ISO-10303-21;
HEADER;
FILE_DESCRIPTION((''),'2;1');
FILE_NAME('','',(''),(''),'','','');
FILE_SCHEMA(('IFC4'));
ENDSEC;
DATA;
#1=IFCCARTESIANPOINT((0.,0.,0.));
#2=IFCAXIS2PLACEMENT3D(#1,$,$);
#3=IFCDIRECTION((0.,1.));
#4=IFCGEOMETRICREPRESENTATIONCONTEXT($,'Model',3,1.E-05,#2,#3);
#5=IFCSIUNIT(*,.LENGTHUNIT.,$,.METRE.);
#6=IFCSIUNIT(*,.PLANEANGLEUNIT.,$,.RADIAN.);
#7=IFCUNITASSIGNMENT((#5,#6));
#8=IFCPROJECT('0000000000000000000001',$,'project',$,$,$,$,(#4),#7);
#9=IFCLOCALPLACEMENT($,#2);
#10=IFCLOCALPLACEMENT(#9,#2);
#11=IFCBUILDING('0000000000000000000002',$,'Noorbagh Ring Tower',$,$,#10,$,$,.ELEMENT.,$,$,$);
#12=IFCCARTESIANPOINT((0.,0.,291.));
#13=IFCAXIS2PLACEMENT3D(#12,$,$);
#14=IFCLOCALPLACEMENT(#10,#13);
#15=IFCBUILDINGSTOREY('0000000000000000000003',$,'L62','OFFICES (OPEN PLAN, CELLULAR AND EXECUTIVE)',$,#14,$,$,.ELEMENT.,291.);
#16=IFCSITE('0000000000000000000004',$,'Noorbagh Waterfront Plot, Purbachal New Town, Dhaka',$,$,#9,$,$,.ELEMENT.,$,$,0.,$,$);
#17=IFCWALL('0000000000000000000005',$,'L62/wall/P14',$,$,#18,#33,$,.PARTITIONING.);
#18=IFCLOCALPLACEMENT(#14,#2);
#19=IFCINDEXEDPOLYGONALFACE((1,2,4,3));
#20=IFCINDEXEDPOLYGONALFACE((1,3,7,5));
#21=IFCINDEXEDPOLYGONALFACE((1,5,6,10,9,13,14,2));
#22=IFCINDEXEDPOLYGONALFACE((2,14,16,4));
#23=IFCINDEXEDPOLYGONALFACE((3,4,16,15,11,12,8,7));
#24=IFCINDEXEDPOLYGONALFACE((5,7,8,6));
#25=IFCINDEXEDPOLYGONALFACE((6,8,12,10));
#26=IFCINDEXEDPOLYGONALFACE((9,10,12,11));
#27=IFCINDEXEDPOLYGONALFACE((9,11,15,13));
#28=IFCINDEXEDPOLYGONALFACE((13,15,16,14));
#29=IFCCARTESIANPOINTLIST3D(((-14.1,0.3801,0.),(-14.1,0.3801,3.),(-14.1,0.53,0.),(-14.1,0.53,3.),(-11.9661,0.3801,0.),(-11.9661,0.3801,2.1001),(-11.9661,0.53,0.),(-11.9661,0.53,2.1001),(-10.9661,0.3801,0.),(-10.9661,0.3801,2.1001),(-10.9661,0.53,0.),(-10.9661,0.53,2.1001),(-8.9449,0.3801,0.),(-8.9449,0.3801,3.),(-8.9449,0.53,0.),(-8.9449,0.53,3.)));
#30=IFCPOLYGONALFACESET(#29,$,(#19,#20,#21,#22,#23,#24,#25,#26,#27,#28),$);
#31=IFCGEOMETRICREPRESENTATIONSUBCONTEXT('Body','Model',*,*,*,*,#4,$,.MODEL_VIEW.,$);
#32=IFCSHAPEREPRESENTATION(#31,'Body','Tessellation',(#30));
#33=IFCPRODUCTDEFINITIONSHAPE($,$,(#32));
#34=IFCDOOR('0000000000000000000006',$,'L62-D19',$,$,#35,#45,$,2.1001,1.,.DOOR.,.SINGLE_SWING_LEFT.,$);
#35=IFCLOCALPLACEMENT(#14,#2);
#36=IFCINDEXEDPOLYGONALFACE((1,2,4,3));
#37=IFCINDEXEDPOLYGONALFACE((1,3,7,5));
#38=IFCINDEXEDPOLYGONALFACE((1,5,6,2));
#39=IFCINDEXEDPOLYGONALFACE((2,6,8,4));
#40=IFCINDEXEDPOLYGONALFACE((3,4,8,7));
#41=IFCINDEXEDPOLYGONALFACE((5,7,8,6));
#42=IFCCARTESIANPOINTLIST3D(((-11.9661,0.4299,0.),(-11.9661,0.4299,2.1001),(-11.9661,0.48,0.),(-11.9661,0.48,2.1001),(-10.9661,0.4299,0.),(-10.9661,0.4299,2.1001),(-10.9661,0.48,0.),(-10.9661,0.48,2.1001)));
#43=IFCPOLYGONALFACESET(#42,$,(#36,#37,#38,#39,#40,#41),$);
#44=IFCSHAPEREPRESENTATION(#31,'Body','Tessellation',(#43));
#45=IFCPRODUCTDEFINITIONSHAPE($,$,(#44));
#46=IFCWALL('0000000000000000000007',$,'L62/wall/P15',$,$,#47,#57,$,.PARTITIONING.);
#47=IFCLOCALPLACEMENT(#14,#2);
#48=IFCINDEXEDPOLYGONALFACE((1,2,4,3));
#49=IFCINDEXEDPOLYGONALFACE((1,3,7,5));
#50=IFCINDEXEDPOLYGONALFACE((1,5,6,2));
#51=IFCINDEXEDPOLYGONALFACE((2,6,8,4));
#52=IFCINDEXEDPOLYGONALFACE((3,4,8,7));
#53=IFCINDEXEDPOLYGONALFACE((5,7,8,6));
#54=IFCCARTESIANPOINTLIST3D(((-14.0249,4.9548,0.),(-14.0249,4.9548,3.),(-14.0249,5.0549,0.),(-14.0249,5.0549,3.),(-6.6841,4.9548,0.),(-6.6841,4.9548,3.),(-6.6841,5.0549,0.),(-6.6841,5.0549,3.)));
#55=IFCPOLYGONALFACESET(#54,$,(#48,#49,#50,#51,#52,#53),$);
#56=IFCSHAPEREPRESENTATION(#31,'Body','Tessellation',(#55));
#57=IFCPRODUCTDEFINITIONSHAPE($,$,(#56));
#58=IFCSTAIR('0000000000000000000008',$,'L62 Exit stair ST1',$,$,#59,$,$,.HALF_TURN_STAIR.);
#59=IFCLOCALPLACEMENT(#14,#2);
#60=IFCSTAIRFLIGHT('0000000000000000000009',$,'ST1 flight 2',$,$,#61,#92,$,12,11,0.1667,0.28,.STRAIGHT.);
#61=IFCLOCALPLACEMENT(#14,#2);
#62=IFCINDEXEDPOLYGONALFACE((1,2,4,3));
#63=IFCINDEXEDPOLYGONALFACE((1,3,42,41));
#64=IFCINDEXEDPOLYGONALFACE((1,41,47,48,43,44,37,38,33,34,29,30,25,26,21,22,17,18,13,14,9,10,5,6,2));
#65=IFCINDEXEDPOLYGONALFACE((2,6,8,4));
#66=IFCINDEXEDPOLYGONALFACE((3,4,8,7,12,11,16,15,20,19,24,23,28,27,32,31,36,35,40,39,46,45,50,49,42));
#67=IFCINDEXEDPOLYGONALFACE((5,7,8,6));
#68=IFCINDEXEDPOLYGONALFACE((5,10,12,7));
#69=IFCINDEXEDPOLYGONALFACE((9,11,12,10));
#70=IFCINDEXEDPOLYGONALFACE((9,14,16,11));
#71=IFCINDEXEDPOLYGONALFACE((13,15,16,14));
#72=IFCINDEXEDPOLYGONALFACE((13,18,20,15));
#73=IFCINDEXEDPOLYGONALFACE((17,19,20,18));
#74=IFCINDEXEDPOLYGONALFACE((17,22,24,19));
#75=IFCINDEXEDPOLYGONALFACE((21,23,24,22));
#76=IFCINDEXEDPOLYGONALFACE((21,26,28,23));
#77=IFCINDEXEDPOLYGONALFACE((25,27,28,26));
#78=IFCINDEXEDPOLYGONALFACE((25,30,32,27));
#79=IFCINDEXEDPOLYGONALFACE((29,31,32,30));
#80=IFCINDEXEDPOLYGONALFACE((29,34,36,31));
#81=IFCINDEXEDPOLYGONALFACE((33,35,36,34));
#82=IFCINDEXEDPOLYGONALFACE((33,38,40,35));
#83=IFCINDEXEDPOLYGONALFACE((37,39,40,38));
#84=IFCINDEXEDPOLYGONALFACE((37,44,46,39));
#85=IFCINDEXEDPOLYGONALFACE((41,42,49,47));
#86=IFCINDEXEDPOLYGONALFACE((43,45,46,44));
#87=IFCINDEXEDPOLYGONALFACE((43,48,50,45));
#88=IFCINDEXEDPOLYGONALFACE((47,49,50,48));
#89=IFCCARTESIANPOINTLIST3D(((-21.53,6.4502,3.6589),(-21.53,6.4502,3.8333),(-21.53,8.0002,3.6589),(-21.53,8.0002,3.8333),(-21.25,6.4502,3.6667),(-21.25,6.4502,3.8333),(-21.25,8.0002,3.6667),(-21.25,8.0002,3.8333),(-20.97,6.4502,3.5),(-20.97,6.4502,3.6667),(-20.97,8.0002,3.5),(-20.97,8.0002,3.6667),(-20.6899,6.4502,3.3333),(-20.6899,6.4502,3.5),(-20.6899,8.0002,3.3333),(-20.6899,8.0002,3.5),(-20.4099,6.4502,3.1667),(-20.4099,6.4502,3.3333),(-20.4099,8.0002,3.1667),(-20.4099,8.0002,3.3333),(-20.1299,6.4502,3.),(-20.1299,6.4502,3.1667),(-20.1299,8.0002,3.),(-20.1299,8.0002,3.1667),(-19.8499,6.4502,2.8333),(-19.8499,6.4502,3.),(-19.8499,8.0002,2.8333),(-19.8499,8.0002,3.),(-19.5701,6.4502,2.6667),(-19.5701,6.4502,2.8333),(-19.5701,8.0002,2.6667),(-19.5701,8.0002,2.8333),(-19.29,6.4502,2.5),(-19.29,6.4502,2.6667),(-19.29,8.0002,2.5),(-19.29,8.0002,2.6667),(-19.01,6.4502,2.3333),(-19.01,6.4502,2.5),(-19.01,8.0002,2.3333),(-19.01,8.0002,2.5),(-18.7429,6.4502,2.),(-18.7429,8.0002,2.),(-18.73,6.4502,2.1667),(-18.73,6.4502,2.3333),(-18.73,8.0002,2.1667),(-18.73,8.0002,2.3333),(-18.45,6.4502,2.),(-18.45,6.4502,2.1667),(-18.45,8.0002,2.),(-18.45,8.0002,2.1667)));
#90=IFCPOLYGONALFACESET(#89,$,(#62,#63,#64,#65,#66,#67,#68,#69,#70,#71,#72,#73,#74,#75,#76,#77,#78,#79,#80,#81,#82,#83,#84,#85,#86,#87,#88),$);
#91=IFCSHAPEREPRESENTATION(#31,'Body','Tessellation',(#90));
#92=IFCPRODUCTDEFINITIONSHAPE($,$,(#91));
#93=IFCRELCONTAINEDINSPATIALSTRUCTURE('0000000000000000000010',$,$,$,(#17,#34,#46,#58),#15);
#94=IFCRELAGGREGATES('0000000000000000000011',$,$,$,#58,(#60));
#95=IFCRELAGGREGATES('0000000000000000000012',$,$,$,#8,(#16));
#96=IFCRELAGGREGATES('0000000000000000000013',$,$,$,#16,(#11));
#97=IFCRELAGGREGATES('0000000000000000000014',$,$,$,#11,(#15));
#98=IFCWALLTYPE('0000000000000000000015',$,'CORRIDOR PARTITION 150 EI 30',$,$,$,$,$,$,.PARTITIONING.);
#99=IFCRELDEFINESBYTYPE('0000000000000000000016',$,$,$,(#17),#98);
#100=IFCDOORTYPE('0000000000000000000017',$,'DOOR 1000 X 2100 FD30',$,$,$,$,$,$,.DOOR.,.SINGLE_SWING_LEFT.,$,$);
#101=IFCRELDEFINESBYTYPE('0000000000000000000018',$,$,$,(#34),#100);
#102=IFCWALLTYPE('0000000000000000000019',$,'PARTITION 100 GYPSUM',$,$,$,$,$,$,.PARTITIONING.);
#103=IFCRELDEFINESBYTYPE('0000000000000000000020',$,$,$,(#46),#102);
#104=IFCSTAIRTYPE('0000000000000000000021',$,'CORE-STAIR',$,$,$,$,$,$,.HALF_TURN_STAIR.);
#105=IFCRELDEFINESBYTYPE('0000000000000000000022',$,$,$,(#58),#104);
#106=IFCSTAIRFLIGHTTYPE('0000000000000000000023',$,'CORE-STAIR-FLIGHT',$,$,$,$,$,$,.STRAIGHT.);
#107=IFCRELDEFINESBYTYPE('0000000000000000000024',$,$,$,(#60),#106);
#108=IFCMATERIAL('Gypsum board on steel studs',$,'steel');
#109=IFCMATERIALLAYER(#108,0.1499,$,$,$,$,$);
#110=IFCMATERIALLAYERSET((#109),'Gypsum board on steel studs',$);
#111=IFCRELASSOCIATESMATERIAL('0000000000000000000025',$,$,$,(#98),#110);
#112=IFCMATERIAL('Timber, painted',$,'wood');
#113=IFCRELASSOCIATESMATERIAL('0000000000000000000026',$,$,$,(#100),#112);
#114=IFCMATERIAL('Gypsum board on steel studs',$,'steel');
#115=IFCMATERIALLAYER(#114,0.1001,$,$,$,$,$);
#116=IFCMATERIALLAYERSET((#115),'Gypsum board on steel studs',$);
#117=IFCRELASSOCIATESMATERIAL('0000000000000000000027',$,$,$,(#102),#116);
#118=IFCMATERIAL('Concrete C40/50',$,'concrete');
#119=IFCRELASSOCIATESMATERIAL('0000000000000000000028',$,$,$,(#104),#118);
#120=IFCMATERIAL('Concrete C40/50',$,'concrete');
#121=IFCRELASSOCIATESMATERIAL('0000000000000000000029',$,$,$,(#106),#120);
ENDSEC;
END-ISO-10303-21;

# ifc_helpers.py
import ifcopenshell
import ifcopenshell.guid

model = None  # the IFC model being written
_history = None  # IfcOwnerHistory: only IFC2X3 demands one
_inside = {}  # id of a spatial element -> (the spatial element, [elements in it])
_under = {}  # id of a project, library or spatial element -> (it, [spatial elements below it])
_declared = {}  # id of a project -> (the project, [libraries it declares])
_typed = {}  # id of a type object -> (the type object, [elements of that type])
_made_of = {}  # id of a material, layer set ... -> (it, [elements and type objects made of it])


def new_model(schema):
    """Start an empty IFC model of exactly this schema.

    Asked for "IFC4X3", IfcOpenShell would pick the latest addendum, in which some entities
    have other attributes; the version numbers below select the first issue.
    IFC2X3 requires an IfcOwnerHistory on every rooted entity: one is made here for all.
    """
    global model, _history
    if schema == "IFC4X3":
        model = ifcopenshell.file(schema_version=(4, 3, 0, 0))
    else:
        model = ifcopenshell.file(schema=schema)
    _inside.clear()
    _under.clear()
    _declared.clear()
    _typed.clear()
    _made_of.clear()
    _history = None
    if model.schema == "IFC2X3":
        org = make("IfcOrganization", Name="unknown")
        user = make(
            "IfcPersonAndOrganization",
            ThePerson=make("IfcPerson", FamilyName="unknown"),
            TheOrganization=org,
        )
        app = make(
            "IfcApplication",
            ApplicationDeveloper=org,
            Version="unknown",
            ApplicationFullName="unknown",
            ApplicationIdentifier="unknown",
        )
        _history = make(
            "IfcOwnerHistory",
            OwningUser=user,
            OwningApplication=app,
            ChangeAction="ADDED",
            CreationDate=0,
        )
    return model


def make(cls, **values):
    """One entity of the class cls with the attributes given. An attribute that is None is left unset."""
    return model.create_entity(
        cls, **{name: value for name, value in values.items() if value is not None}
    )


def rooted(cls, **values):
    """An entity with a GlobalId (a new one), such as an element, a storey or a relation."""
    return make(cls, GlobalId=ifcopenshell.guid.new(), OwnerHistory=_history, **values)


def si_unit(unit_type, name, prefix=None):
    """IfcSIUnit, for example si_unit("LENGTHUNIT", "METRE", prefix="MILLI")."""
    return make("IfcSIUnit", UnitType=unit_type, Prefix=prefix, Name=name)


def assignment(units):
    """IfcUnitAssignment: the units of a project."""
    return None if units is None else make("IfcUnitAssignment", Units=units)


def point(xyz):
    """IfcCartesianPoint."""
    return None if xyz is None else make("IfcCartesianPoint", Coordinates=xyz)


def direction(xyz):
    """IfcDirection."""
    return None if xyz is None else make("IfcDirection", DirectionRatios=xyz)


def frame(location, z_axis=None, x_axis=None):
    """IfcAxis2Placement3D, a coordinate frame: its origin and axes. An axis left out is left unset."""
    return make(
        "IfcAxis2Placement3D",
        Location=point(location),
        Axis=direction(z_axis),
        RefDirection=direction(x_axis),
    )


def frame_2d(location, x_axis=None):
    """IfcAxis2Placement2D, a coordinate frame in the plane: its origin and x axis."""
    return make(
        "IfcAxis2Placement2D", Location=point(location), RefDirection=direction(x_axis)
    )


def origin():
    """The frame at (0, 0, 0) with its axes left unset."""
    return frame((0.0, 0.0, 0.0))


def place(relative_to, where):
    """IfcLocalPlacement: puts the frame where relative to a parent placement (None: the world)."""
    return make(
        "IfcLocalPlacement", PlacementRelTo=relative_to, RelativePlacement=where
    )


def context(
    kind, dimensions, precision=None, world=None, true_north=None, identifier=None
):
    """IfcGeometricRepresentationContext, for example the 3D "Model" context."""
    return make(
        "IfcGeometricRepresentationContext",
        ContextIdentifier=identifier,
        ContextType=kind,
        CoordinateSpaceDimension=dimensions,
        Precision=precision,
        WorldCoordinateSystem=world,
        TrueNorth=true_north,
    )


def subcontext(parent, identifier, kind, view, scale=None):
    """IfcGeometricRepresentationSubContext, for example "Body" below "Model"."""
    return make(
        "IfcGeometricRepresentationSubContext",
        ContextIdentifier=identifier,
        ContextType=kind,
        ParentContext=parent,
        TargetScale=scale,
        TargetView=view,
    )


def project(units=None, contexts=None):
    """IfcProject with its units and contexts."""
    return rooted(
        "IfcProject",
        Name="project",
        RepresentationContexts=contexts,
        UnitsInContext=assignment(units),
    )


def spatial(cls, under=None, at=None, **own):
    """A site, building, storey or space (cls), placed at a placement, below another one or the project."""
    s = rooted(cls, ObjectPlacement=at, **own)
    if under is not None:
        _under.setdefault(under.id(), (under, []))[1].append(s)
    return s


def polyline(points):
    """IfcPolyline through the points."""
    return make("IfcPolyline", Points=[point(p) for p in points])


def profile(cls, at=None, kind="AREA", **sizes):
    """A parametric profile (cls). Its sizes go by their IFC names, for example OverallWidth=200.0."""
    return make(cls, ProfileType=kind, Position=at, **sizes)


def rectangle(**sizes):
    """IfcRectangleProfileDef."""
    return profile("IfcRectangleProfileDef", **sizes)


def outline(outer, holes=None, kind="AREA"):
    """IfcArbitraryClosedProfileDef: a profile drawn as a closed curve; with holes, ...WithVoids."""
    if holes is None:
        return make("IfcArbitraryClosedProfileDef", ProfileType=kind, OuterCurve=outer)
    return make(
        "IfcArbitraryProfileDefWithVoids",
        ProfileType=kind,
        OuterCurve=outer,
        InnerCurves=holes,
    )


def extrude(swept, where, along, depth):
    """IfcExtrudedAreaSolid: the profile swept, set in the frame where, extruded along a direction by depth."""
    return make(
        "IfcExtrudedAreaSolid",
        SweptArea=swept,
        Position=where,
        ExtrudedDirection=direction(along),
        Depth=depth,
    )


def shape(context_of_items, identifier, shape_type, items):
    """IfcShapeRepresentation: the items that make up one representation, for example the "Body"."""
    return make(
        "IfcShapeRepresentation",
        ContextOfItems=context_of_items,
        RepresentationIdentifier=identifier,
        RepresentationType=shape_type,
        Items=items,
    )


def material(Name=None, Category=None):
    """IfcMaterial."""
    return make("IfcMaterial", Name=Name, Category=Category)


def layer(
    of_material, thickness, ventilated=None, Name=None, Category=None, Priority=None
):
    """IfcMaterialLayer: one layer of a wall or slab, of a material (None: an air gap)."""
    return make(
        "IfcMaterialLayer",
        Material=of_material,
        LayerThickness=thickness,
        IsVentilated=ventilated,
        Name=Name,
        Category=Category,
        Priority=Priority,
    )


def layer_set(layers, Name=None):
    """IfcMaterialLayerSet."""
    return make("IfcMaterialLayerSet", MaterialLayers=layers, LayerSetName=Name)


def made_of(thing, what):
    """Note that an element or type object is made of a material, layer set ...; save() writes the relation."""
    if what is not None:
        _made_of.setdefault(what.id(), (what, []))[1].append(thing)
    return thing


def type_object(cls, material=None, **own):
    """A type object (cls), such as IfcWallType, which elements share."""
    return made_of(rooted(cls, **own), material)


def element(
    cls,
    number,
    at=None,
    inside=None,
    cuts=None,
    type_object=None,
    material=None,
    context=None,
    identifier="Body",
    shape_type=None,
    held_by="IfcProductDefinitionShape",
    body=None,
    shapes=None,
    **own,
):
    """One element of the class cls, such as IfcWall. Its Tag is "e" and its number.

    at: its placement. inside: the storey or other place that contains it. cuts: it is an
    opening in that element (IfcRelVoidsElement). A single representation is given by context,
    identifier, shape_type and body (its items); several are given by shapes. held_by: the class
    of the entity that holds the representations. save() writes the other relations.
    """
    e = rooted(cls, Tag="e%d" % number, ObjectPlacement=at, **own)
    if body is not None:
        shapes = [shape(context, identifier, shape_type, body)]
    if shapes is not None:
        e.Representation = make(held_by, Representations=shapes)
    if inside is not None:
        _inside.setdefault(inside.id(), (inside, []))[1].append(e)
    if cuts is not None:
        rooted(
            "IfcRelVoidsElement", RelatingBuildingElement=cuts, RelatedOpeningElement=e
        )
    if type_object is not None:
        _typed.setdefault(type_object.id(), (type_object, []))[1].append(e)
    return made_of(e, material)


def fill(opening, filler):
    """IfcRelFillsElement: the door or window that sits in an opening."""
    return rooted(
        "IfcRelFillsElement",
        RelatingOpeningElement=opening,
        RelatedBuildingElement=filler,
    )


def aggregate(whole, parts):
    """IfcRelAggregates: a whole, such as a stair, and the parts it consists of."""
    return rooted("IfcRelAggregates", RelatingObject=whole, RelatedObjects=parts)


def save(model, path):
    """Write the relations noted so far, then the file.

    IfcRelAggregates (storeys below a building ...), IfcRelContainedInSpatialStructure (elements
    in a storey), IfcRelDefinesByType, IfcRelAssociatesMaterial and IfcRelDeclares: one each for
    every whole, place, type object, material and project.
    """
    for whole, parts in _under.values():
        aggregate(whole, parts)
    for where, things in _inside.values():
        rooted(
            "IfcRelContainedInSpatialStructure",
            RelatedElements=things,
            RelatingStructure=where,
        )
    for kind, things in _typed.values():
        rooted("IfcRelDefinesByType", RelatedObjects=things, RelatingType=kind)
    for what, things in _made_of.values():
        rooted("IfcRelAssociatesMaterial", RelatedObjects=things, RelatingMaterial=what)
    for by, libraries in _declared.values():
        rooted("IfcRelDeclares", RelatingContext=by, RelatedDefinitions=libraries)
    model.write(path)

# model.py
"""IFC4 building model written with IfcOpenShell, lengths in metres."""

from ifc_helpers import new_model, si_unit, direction, frame, frame_2d, origin, place, context, subcontext, project, spatial, polyline, rectangle, outline, extrude, material, layer, layer_set, type_object, element, fill, aggregate, save


model = new_model("IFC4")

# Units and contexts
model_context = context("Model", 3, precision=1e-05, world=origin(), true_north=direction((0.0, 1.0)))
body_context = subcontext(model_context, "Body", "Model", "MODEL_VIEW")
ifc_project = project(units=[si_unit("LENGTHUNIT", "METRE"), si_unit("PLANEANGLEUNIT", "RADIAN")], contexts=[model_context])

# Site, building, storey
site_placement = place(None, origin())
site = spatial("IfcSite", under=ifc_project, at=site_placement, Name="Noorbagh Waterfront Plot, Purbachal New Town, Dhaka", CompositionType="ELEMENT", RefElevation=0.0)
building_placement = place(site_placement, origin())
building = spatial("IfcBuilding", under=site, at=building_placement, Name="Noorbagh Ring Tower", CompositionType="ELEMENT")
storey_placement = place(building_placement, frame((0.0, 0.0, 291.0)))
storey = spatial("IfcBuildingStorey", under=building, at=storey_placement, Name="L62", Description="OFFICES (OPEN PLAN, CELLULAR AND EXECUTIVE)", CompositionType="ELEMENT", Elevation=291.0)

# Shared definitions
ifc_material_1 = material(Name="Gypsum board on steel studs", Category="steel")
ifc_layer_1 = layer(ifc_material_1, 0.1499)
ifc_layer_set_1 = layer_set([ifc_layer_1], Name="Gypsum board on steel studs")
wall_type_1 = type_object("IfcWallType", Name="CORRIDOR PARTITION 150 EI 30", PredefinedType="PARTITIONING", material=ifc_layer_set_1)

# Wall, opening, door
wall_1_placement = place(storey_placement, frame((-14.1001, 0.4551, 0.0), z_axis=(0.0, 0.0, 1.0), x_axis=(1.0, 0.0, 0.0)))
wall_1 = element("IfcWall", 1, at=wall_1_placement, inside=storey, type_object=wall_type_1, Name="L62/wall/P14", PredefinedType="PARTITIONING", context=body_context, shape_type="SweptSolid", body=[
    extrude(rectangle(XDim=5.155, YDim=0.1499, at=frame_2d((2.5776, 0.0))), origin(), (0.0, 0.0, 1.0), 3.0),
])
opening_1_placement = place(wall_1_placement, frame((2.134, 0.0, 0.0)))
opening_1 = element("IfcOpeningElement", 2, at=opening_1_placement, cuts=wall_1, PredefinedType="OPENING", context=body_context, shape_type="SweptSolid", body=[
    extrude(rectangle(XDim=1.0, YDim=2.1001, at=frame_2d((0.5, 1.05))), frame((0.0, 0.085, 0.0), z_axis=(0.0, -1.0, 0.0), x_axis=(1.0, 0.0, 0.0)), (0.0, 0.0, 1.0), 0.1699),
])
ifc_material_2 = material(Name="Timber, painted", Category="wood")
door_type_1 = type_object("IfcDoorType", Name="DOOR 1000 X 2100 FD30", OperationType="SINGLE_SWING_LEFT", PredefinedType="DOOR", material=ifc_material_2)
door_1_placement = place(opening_1_placement, origin())
door_1 = element("IfcDoor", 3, at=door_1_placement, inside=storey, type_object=door_type_1, Name="L62-D19", OperationType="SINGLE_SWING_LEFT", OverallHeight=2.1001, OverallWidth=1.0, PredefinedType="DOOR", context=body_context, shape_type="SweptSolid", body=[
    extrude(rectangle(XDim=1.0, YDim=2.1001, at=frame_2d((0.5, 1.05))), frame((0.0, 0.0249, 0.0), z_axis=(0.0, -1.0, 0.0), x_axis=(1.0, 0.0, 0.0)), (0.0, 0.0, 1.0), 0.05),
])
fill(opening_1, door_1)

# Wall
ifc_material_3 = material(Name="Gypsum board on steel studs", Category="steel")
ifc_layer_2 = layer(ifc_material_3, 0.1001)
ifc_layer_set_2 = layer_set([ifc_layer_2], Name="Gypsum board on steel studs")
wall_type_2 = type_object("IfcWallType", Name="PARTITION 100 GYPSUM", PredefinedType="PARTITIONING", material=ifc_layer_set_2)
wall_2_placement = place(storey_placement, frame((-14.0249, 5.0049, 0.0), z_axis=(0.0, 0.0, 1.0), x_axis=(1.0, 0.0, 0.0)))
element("IfcWall", 4, at=wall_2_placement, inside=storey, type_object=wall_type_2, Name="L62/wall/P15", PredefinedType="PARTITIONING", context=body_context, shape_type="SweptSolid", body=[
    extrude(rectangle(XDim=7.3408, YDim=0.1001, at=frame_2d((3.6704, 0.0))), origin(), (0.0, 0.0, 1.0), 3.0),
])

# Stair, stair flight
ifc_material_4 = material(Name="Concrete C40/50", Category="concrete")
stair_type = type_object("IfcStairType", Name="CORE-STAIR", PredefinedType="HALF_TURN_STAIR", material=ifc_material_4)
stair_placement = place(storey_placement, origin())
stair = element("IfcStair", 5, at=stair_placement, inside=storey, type_object=stair_type, Name="L62 Exit stair ST1", PredefinedType="HALF_TURN_STAIR")
ifc_material_5 = material(Name="Concrete C40/50", Category="concrete")
stair_flight_type = type_object("IfcStairFlightType", Name="CORE-STAIR-FLIGHT", PredefinedType="STRAIGHT", material=ifc_material_5)
stair_flight_placement = place(storey_placement, frame((-18.45, 7.2251, 2.0), z_axis=(0.0, 0.0, 1.0), x_axis=(-1.0, 0.0, 0.0)))
stair_flight = element("IfcStairFlight", 6, at=stair_flight_placement, type_object=stair_flight_type, Name="ST1 flight 2", NumberOfRisers=12, NumberOfTreads=11, PredefinedType="STRAIGHT", RiserHeight=0.1667, TreadLength=0.28, context=body_context, shape_type="SweptSolid", body=[
    extrude(outline(polyline([(0.0, 0.0), (0.0, 0.1667), (0.28, 0.1667), (0.28, 0.3333), (0.5601, 0.3333), (0.5601, 0.5), (0.8401, 0.5), (0.8401, 0.6667), (1.1201, 0.6667), (1.1201, 0.8333), (1.3999, 0.8333), (1.3999, 1.0), (1.6799, 1.0), (1.6799, 1.1667), (1.96, 1.1667), (1.96, 1.3333), (2.24, 1.3333), (2.24, 1.5), (2.52, 1.5), (2.52, 1.6667), (2.8, 1.6667), (2.8, 1.8333), (3.0801, 1.8333), (3.0801, 2.0), (3.0801, 1.6589), (0.293, 0.0), (0.0, 0.0)])), frame((0.0, 0.7749, 0.0), z_axis=(0.0, -1.0, 0.0), x_axis=(1.0, 0.0, 0.0)), (0.0, 0.0, 1.0), 1.55),
])
aggregate(stair, [stair_flight])

save(model, "model.ifc")
